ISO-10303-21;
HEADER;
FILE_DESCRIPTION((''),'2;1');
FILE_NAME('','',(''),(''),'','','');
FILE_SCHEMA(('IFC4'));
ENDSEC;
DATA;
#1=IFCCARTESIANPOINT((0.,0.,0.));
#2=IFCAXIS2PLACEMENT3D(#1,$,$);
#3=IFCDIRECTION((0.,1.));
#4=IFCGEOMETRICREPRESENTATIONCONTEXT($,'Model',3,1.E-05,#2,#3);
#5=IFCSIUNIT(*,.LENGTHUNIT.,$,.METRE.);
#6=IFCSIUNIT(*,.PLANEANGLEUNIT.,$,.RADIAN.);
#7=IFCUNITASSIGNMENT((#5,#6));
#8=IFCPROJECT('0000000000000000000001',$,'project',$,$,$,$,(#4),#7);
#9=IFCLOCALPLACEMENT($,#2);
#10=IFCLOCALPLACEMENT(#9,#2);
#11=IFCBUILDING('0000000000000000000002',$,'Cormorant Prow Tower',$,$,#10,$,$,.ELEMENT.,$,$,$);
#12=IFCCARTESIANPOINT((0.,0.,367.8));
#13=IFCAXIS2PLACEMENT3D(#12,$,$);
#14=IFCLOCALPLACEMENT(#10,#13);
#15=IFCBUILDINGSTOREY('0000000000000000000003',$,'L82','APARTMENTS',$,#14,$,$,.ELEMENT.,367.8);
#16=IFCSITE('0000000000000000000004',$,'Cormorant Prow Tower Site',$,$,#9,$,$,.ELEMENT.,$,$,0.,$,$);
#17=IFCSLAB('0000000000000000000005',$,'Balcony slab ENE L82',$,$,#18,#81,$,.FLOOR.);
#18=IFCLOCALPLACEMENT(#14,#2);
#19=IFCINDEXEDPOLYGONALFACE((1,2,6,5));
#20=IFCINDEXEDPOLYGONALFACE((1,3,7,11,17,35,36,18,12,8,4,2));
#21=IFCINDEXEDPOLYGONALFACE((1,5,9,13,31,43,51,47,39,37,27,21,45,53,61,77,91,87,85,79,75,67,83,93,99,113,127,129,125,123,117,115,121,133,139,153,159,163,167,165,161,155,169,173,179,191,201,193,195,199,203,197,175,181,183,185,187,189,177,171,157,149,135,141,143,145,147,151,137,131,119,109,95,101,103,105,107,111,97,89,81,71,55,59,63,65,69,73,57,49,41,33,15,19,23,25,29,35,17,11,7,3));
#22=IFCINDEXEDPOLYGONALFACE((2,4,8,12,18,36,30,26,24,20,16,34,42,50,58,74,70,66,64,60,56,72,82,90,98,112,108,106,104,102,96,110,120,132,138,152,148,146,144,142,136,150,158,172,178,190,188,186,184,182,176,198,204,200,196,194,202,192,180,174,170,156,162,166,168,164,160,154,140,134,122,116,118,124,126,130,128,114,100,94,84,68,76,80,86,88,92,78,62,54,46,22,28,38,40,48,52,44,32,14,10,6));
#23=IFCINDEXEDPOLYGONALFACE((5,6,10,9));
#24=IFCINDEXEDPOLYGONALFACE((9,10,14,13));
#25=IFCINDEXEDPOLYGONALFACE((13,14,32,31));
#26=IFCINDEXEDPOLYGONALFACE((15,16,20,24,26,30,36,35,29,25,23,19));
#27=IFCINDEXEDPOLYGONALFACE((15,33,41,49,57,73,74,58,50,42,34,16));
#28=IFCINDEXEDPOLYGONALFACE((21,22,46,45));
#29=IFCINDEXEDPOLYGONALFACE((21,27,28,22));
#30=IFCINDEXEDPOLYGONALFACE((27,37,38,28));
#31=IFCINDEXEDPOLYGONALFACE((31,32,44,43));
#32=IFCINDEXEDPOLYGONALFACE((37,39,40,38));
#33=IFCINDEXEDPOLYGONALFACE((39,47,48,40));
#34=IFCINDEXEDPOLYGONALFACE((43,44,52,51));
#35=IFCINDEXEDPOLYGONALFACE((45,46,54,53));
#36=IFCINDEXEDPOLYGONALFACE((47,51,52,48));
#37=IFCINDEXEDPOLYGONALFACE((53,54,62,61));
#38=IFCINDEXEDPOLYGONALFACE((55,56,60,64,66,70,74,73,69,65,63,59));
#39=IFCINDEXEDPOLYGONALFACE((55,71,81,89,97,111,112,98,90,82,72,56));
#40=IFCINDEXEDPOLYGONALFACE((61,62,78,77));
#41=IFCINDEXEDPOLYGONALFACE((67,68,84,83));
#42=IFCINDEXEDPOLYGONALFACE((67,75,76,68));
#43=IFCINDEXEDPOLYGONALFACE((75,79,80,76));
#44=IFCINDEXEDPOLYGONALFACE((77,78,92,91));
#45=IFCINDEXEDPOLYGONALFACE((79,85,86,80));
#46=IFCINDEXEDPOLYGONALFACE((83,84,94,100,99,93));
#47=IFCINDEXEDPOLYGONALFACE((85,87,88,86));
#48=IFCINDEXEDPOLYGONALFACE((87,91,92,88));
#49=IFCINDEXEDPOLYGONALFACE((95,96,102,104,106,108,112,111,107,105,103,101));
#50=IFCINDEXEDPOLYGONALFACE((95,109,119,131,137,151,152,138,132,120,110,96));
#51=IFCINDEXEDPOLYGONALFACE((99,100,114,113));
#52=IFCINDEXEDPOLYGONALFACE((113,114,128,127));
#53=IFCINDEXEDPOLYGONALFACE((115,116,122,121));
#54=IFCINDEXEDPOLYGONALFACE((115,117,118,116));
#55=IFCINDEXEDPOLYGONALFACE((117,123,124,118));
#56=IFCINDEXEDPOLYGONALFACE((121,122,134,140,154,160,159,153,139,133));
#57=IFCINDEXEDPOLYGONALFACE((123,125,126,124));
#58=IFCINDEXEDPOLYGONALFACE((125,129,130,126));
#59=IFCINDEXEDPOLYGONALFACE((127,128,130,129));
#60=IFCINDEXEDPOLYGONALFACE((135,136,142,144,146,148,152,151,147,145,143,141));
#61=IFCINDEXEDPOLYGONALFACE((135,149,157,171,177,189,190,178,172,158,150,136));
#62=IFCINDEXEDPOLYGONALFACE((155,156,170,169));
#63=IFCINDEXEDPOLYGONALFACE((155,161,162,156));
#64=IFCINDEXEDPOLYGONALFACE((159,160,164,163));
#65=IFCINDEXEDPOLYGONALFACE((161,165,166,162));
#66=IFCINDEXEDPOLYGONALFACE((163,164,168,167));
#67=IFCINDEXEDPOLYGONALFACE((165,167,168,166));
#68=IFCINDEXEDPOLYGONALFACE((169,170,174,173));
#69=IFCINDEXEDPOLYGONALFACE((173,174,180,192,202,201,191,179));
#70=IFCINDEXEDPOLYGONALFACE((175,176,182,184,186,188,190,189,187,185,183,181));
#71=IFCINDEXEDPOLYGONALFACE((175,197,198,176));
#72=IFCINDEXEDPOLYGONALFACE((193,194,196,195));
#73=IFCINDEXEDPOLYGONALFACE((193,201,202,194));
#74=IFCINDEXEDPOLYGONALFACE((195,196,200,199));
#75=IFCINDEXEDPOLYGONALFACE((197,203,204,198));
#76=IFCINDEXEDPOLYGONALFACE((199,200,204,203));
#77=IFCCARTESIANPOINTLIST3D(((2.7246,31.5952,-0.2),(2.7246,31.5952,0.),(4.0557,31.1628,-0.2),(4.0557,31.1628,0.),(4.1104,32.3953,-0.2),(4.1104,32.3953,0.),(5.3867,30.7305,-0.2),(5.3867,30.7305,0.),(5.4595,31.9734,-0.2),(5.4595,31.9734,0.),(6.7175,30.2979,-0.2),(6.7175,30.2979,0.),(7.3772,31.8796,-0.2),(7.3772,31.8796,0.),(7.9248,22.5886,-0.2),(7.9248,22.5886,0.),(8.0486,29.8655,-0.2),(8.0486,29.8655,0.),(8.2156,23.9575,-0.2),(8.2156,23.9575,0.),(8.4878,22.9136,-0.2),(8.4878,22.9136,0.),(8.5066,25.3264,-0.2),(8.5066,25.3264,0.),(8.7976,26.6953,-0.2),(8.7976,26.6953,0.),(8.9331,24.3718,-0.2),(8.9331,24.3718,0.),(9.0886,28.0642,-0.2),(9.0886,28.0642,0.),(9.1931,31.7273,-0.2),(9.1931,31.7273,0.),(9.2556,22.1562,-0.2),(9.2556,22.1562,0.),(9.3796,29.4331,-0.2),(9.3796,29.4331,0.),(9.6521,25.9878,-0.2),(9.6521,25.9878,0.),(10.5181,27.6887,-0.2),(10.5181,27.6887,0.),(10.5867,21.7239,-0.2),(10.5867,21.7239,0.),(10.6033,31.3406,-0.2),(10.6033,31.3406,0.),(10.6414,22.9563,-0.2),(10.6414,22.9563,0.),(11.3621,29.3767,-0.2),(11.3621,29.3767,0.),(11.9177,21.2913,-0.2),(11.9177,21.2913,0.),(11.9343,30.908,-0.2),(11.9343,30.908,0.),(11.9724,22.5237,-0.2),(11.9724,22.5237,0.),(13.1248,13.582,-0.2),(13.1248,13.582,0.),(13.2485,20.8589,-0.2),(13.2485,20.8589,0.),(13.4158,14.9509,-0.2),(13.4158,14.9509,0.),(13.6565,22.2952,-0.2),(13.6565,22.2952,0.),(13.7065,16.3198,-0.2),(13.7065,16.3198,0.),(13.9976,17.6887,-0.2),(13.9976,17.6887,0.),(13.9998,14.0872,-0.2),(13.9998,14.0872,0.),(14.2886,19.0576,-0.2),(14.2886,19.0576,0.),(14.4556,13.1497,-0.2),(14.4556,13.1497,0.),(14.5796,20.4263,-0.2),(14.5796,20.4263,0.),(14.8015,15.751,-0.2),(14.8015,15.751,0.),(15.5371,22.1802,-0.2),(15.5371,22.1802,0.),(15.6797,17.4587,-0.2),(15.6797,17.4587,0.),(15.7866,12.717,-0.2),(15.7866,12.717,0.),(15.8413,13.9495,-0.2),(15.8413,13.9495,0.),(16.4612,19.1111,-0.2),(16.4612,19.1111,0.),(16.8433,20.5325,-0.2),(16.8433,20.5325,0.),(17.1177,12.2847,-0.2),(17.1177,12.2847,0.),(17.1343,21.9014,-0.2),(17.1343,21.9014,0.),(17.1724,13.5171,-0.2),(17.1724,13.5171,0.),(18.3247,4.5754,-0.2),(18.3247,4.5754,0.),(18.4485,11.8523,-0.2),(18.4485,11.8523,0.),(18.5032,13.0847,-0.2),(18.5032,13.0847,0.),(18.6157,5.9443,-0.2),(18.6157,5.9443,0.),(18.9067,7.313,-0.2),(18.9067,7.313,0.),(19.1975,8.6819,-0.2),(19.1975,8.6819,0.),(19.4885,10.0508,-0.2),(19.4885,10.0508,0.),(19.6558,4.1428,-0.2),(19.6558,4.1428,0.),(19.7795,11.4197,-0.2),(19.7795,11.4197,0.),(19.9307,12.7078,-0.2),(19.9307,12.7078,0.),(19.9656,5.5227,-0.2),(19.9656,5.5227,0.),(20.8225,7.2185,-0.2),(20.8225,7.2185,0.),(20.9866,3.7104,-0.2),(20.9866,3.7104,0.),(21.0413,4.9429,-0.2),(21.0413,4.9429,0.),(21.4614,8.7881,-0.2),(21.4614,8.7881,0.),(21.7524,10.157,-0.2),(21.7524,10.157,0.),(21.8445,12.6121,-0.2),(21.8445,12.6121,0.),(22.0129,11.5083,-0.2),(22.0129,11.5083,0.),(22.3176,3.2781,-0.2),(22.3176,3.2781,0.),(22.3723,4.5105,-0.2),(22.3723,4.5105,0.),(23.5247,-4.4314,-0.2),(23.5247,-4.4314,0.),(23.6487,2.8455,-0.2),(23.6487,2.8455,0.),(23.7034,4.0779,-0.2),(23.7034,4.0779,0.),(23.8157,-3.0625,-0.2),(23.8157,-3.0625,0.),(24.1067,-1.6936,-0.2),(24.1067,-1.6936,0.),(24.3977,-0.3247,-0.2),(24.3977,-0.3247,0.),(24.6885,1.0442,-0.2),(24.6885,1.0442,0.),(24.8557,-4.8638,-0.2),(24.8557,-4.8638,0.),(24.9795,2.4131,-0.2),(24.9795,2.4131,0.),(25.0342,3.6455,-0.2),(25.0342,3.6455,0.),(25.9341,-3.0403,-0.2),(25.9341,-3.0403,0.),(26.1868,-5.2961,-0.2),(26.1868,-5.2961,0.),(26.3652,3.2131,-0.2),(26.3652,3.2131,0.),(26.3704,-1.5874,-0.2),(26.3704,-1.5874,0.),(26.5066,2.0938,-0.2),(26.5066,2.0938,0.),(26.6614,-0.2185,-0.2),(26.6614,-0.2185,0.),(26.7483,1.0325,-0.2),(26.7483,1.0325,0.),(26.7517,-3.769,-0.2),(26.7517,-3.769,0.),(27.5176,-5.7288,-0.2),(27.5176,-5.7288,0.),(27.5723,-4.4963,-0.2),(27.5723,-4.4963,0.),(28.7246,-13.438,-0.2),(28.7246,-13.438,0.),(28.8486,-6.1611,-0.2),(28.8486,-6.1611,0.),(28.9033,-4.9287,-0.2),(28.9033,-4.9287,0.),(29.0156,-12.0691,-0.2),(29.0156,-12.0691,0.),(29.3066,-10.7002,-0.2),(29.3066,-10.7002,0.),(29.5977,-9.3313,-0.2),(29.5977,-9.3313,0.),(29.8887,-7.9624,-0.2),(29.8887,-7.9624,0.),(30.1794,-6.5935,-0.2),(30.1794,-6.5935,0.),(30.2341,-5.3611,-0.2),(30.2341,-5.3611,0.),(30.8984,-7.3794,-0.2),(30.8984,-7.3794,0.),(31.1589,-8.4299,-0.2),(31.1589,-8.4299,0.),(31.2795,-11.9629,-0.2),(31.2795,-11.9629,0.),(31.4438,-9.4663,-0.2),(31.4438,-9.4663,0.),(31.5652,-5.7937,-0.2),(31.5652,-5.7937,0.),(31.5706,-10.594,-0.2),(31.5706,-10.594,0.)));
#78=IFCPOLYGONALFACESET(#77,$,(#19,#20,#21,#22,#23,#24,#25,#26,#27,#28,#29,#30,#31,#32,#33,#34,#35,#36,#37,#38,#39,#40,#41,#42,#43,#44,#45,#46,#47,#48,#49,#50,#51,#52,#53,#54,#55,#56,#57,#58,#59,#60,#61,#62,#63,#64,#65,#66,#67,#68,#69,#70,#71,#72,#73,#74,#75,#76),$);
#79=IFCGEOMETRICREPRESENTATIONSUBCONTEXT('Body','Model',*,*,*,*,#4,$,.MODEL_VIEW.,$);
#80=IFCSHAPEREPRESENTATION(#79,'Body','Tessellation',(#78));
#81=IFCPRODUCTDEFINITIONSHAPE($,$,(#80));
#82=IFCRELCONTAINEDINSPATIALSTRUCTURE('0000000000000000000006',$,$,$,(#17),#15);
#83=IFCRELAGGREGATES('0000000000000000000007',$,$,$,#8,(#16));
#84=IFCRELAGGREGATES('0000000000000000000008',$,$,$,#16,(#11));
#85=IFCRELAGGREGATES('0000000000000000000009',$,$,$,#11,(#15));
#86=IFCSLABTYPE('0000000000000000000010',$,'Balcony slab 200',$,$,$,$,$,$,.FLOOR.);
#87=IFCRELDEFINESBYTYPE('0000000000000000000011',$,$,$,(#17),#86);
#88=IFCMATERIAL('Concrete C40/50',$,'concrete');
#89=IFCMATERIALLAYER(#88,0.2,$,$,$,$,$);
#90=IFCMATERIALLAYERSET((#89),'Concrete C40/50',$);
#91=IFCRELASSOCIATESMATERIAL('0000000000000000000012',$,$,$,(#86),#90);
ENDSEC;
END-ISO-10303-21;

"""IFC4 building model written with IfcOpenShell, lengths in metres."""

from ifc_helpers import new_model, si_unit, direction, frame, origin, place, context, subcontext, project, spatial, polyline, outline, extrude, material, layer, layer_set, type_object, element, save


model = new_model("IFC4")

# Units and contexts
model_context = context("Model", 3, precision=1e-05, world=origin(), true_north=direction((0.0, 1.0)))
body_context = subcontext(model_context, "Body", "Model", "MODEL_VIEW")
ifc_project = project(units=[si_unit("LENGTHUNIT", "METRE"), si_unit("PLANEANGLEUNIT", "RADIAN")], contexts=[model_context])

# Site, building, storey
site_placement = place(None, origin())
site = spatial("IfcSite", under=ifc_project, at=site_placement, Name="Cormorant Prow Tower Site", CompositionType="ELEMENT", RefElevation=0.0)
building_placement = place(site_placement, origin())
building = spatial("IfcBuilding", under=site, at=building_placement, Name="Cormorant Prow Tower", CompositionType="ELEMENT")
storey_placement = place(building_placement, frame((0.0, 0.0, 367.8)))
storey = spatial("IfcBuildingStorey", under=building, at=storey_placement, Name="L82", Description="APARTMENTS", CompositionType="ELEMENT", Elevation=367.8)

# Slab
ifc_material_1 = material(Name="Concrete C40/50", Category="concrete")
ifc_layer_1 = layer(ifc_material_1, 0.2)
ifc_layer_set_1 = layer_set([ifc_layer_1], Name="Concrete C40/50")
slab_type_1 = type_object("IfcSlabType", Name="Balcony slab 200", PredefinedType="FLOOR", material=ifc_layer_set_1)
slab_1_placement = place(storey_placement, frame((0.0, 0.0, -0.2)))
element("IfcSlab", 1, at=slab_1_placement, inside=storey, type_object=slab_type_1, Name="Balcony slab ENE L82", PredefinedType="FLOOR", context=body_context, shape_type="SweptSolid", body=[
    extrude(outline(polyline([(28.7246, -13.438), (31.2795, -11.9629), (31.5706, -10.594), (31.4438, -9.4663), (31.1589, -8.4299), (30.8984, -7.3794), (31.5652, -5.7937), (30.2341, -5.3611), (28.9033, -4.9287), (27.5723, -4.4963), (26.7517, -3.769), (25.9341, -3.0403), (26.3704, -1.5874), (26.6614, -0.2185), (26.7483, 1.0325), (26.5066, 2.0938), (26.3652, 3.2131), (25.0342, 3.6455), (23.7034, 4.0779), (22.3723, 4.5105), (21.0413, 4.9429), (19.9656, 5.5227), (20.8225, 7.2185), (21.4614, 8.7881), (21.7524, 10.157), (22.0129, 11.5083), (21.8445, 12.6121), (19.9307, 12.7078), (18.5032, 13.0847), (17.1724, 13.5171), (15.8413, 13.9495), (13.9998, 14.0872), (14.8015, 15.751), (15.6797, 17.4587), (16.4612, 19.1111), (16.8433, 20.5325), (17.1343, 21.9014), (15.5371, 22.1802), (13.6565, 22.2952), (11.9724, 22.5237), (10.6414, 22.9563), (8.4878, 22.9136), (8.9331, 24.3718), (9.6521, 25.9878), (10.5181, 27.6887), (11.3621, 29.3767), (11.9343, 30.908), (10.6033, 31.3406), (9.1931, 31.7273), (7.3772, 31.8796), (5.4595, 31.9734), (4.1104, 32.3953), (2.7246, 31.5952), (4.0557, 31.1628), (5.3867, 30.7305), (6.7175, 30.2979), (8.0486, 29.8655), (9.3796, 29.4331), (9.0886, 28.0642), (8.7976, 26.6953), (8.5066, 25.3264), (8.2156, 23.9575), (7.9248, 22.5886), (9.2556, 22.1562), (10.5867, 21.7239), (11.9177, 21.2913), (13.2485, 20.8589), (14.5796, 20.4263), (14.2886, 19.0576), (13.9976, 17.6887), (13.7065, 16.3198), (13.4158, 14.9509), (13.1248, 13.582), (14.4556, 13.1497), (15.7866, 12.717), (17.1177, 12.2847), (18.4485, 11.8523), (19.7795, 11.4197), (19.4885, 10.0508), (19.1975, 8.6819), (18.9067, 7.313), (18.6157, 5.9443), (18.3247, 4.5754), (19.6558, 4.1428), (20.9866, 3.7104), (22.3176, 3.2781), (23.6487, 2.8455), (24.9795, 2.4131), (24.6885, 1.0442), (24.3977, -0.3247), (24.1067, -1.6936), (23.8157, -3.0625), (23.5247, -4.4314), (24.8557, -4.8638), (26.1868, -5.2961), (27.5176, -5.7288), (28.8486, -6.1611), (30.1794, -6.5935), (29.8887, -7.9624), (29.5977, -9.3313), (29.3066, -10.7002), (29.0156, -12.0691), (28.7246, -13.438)])), origin(), (0.0, 0.0, 1.0), 0.2),
])

save(model, "model.ifc")
